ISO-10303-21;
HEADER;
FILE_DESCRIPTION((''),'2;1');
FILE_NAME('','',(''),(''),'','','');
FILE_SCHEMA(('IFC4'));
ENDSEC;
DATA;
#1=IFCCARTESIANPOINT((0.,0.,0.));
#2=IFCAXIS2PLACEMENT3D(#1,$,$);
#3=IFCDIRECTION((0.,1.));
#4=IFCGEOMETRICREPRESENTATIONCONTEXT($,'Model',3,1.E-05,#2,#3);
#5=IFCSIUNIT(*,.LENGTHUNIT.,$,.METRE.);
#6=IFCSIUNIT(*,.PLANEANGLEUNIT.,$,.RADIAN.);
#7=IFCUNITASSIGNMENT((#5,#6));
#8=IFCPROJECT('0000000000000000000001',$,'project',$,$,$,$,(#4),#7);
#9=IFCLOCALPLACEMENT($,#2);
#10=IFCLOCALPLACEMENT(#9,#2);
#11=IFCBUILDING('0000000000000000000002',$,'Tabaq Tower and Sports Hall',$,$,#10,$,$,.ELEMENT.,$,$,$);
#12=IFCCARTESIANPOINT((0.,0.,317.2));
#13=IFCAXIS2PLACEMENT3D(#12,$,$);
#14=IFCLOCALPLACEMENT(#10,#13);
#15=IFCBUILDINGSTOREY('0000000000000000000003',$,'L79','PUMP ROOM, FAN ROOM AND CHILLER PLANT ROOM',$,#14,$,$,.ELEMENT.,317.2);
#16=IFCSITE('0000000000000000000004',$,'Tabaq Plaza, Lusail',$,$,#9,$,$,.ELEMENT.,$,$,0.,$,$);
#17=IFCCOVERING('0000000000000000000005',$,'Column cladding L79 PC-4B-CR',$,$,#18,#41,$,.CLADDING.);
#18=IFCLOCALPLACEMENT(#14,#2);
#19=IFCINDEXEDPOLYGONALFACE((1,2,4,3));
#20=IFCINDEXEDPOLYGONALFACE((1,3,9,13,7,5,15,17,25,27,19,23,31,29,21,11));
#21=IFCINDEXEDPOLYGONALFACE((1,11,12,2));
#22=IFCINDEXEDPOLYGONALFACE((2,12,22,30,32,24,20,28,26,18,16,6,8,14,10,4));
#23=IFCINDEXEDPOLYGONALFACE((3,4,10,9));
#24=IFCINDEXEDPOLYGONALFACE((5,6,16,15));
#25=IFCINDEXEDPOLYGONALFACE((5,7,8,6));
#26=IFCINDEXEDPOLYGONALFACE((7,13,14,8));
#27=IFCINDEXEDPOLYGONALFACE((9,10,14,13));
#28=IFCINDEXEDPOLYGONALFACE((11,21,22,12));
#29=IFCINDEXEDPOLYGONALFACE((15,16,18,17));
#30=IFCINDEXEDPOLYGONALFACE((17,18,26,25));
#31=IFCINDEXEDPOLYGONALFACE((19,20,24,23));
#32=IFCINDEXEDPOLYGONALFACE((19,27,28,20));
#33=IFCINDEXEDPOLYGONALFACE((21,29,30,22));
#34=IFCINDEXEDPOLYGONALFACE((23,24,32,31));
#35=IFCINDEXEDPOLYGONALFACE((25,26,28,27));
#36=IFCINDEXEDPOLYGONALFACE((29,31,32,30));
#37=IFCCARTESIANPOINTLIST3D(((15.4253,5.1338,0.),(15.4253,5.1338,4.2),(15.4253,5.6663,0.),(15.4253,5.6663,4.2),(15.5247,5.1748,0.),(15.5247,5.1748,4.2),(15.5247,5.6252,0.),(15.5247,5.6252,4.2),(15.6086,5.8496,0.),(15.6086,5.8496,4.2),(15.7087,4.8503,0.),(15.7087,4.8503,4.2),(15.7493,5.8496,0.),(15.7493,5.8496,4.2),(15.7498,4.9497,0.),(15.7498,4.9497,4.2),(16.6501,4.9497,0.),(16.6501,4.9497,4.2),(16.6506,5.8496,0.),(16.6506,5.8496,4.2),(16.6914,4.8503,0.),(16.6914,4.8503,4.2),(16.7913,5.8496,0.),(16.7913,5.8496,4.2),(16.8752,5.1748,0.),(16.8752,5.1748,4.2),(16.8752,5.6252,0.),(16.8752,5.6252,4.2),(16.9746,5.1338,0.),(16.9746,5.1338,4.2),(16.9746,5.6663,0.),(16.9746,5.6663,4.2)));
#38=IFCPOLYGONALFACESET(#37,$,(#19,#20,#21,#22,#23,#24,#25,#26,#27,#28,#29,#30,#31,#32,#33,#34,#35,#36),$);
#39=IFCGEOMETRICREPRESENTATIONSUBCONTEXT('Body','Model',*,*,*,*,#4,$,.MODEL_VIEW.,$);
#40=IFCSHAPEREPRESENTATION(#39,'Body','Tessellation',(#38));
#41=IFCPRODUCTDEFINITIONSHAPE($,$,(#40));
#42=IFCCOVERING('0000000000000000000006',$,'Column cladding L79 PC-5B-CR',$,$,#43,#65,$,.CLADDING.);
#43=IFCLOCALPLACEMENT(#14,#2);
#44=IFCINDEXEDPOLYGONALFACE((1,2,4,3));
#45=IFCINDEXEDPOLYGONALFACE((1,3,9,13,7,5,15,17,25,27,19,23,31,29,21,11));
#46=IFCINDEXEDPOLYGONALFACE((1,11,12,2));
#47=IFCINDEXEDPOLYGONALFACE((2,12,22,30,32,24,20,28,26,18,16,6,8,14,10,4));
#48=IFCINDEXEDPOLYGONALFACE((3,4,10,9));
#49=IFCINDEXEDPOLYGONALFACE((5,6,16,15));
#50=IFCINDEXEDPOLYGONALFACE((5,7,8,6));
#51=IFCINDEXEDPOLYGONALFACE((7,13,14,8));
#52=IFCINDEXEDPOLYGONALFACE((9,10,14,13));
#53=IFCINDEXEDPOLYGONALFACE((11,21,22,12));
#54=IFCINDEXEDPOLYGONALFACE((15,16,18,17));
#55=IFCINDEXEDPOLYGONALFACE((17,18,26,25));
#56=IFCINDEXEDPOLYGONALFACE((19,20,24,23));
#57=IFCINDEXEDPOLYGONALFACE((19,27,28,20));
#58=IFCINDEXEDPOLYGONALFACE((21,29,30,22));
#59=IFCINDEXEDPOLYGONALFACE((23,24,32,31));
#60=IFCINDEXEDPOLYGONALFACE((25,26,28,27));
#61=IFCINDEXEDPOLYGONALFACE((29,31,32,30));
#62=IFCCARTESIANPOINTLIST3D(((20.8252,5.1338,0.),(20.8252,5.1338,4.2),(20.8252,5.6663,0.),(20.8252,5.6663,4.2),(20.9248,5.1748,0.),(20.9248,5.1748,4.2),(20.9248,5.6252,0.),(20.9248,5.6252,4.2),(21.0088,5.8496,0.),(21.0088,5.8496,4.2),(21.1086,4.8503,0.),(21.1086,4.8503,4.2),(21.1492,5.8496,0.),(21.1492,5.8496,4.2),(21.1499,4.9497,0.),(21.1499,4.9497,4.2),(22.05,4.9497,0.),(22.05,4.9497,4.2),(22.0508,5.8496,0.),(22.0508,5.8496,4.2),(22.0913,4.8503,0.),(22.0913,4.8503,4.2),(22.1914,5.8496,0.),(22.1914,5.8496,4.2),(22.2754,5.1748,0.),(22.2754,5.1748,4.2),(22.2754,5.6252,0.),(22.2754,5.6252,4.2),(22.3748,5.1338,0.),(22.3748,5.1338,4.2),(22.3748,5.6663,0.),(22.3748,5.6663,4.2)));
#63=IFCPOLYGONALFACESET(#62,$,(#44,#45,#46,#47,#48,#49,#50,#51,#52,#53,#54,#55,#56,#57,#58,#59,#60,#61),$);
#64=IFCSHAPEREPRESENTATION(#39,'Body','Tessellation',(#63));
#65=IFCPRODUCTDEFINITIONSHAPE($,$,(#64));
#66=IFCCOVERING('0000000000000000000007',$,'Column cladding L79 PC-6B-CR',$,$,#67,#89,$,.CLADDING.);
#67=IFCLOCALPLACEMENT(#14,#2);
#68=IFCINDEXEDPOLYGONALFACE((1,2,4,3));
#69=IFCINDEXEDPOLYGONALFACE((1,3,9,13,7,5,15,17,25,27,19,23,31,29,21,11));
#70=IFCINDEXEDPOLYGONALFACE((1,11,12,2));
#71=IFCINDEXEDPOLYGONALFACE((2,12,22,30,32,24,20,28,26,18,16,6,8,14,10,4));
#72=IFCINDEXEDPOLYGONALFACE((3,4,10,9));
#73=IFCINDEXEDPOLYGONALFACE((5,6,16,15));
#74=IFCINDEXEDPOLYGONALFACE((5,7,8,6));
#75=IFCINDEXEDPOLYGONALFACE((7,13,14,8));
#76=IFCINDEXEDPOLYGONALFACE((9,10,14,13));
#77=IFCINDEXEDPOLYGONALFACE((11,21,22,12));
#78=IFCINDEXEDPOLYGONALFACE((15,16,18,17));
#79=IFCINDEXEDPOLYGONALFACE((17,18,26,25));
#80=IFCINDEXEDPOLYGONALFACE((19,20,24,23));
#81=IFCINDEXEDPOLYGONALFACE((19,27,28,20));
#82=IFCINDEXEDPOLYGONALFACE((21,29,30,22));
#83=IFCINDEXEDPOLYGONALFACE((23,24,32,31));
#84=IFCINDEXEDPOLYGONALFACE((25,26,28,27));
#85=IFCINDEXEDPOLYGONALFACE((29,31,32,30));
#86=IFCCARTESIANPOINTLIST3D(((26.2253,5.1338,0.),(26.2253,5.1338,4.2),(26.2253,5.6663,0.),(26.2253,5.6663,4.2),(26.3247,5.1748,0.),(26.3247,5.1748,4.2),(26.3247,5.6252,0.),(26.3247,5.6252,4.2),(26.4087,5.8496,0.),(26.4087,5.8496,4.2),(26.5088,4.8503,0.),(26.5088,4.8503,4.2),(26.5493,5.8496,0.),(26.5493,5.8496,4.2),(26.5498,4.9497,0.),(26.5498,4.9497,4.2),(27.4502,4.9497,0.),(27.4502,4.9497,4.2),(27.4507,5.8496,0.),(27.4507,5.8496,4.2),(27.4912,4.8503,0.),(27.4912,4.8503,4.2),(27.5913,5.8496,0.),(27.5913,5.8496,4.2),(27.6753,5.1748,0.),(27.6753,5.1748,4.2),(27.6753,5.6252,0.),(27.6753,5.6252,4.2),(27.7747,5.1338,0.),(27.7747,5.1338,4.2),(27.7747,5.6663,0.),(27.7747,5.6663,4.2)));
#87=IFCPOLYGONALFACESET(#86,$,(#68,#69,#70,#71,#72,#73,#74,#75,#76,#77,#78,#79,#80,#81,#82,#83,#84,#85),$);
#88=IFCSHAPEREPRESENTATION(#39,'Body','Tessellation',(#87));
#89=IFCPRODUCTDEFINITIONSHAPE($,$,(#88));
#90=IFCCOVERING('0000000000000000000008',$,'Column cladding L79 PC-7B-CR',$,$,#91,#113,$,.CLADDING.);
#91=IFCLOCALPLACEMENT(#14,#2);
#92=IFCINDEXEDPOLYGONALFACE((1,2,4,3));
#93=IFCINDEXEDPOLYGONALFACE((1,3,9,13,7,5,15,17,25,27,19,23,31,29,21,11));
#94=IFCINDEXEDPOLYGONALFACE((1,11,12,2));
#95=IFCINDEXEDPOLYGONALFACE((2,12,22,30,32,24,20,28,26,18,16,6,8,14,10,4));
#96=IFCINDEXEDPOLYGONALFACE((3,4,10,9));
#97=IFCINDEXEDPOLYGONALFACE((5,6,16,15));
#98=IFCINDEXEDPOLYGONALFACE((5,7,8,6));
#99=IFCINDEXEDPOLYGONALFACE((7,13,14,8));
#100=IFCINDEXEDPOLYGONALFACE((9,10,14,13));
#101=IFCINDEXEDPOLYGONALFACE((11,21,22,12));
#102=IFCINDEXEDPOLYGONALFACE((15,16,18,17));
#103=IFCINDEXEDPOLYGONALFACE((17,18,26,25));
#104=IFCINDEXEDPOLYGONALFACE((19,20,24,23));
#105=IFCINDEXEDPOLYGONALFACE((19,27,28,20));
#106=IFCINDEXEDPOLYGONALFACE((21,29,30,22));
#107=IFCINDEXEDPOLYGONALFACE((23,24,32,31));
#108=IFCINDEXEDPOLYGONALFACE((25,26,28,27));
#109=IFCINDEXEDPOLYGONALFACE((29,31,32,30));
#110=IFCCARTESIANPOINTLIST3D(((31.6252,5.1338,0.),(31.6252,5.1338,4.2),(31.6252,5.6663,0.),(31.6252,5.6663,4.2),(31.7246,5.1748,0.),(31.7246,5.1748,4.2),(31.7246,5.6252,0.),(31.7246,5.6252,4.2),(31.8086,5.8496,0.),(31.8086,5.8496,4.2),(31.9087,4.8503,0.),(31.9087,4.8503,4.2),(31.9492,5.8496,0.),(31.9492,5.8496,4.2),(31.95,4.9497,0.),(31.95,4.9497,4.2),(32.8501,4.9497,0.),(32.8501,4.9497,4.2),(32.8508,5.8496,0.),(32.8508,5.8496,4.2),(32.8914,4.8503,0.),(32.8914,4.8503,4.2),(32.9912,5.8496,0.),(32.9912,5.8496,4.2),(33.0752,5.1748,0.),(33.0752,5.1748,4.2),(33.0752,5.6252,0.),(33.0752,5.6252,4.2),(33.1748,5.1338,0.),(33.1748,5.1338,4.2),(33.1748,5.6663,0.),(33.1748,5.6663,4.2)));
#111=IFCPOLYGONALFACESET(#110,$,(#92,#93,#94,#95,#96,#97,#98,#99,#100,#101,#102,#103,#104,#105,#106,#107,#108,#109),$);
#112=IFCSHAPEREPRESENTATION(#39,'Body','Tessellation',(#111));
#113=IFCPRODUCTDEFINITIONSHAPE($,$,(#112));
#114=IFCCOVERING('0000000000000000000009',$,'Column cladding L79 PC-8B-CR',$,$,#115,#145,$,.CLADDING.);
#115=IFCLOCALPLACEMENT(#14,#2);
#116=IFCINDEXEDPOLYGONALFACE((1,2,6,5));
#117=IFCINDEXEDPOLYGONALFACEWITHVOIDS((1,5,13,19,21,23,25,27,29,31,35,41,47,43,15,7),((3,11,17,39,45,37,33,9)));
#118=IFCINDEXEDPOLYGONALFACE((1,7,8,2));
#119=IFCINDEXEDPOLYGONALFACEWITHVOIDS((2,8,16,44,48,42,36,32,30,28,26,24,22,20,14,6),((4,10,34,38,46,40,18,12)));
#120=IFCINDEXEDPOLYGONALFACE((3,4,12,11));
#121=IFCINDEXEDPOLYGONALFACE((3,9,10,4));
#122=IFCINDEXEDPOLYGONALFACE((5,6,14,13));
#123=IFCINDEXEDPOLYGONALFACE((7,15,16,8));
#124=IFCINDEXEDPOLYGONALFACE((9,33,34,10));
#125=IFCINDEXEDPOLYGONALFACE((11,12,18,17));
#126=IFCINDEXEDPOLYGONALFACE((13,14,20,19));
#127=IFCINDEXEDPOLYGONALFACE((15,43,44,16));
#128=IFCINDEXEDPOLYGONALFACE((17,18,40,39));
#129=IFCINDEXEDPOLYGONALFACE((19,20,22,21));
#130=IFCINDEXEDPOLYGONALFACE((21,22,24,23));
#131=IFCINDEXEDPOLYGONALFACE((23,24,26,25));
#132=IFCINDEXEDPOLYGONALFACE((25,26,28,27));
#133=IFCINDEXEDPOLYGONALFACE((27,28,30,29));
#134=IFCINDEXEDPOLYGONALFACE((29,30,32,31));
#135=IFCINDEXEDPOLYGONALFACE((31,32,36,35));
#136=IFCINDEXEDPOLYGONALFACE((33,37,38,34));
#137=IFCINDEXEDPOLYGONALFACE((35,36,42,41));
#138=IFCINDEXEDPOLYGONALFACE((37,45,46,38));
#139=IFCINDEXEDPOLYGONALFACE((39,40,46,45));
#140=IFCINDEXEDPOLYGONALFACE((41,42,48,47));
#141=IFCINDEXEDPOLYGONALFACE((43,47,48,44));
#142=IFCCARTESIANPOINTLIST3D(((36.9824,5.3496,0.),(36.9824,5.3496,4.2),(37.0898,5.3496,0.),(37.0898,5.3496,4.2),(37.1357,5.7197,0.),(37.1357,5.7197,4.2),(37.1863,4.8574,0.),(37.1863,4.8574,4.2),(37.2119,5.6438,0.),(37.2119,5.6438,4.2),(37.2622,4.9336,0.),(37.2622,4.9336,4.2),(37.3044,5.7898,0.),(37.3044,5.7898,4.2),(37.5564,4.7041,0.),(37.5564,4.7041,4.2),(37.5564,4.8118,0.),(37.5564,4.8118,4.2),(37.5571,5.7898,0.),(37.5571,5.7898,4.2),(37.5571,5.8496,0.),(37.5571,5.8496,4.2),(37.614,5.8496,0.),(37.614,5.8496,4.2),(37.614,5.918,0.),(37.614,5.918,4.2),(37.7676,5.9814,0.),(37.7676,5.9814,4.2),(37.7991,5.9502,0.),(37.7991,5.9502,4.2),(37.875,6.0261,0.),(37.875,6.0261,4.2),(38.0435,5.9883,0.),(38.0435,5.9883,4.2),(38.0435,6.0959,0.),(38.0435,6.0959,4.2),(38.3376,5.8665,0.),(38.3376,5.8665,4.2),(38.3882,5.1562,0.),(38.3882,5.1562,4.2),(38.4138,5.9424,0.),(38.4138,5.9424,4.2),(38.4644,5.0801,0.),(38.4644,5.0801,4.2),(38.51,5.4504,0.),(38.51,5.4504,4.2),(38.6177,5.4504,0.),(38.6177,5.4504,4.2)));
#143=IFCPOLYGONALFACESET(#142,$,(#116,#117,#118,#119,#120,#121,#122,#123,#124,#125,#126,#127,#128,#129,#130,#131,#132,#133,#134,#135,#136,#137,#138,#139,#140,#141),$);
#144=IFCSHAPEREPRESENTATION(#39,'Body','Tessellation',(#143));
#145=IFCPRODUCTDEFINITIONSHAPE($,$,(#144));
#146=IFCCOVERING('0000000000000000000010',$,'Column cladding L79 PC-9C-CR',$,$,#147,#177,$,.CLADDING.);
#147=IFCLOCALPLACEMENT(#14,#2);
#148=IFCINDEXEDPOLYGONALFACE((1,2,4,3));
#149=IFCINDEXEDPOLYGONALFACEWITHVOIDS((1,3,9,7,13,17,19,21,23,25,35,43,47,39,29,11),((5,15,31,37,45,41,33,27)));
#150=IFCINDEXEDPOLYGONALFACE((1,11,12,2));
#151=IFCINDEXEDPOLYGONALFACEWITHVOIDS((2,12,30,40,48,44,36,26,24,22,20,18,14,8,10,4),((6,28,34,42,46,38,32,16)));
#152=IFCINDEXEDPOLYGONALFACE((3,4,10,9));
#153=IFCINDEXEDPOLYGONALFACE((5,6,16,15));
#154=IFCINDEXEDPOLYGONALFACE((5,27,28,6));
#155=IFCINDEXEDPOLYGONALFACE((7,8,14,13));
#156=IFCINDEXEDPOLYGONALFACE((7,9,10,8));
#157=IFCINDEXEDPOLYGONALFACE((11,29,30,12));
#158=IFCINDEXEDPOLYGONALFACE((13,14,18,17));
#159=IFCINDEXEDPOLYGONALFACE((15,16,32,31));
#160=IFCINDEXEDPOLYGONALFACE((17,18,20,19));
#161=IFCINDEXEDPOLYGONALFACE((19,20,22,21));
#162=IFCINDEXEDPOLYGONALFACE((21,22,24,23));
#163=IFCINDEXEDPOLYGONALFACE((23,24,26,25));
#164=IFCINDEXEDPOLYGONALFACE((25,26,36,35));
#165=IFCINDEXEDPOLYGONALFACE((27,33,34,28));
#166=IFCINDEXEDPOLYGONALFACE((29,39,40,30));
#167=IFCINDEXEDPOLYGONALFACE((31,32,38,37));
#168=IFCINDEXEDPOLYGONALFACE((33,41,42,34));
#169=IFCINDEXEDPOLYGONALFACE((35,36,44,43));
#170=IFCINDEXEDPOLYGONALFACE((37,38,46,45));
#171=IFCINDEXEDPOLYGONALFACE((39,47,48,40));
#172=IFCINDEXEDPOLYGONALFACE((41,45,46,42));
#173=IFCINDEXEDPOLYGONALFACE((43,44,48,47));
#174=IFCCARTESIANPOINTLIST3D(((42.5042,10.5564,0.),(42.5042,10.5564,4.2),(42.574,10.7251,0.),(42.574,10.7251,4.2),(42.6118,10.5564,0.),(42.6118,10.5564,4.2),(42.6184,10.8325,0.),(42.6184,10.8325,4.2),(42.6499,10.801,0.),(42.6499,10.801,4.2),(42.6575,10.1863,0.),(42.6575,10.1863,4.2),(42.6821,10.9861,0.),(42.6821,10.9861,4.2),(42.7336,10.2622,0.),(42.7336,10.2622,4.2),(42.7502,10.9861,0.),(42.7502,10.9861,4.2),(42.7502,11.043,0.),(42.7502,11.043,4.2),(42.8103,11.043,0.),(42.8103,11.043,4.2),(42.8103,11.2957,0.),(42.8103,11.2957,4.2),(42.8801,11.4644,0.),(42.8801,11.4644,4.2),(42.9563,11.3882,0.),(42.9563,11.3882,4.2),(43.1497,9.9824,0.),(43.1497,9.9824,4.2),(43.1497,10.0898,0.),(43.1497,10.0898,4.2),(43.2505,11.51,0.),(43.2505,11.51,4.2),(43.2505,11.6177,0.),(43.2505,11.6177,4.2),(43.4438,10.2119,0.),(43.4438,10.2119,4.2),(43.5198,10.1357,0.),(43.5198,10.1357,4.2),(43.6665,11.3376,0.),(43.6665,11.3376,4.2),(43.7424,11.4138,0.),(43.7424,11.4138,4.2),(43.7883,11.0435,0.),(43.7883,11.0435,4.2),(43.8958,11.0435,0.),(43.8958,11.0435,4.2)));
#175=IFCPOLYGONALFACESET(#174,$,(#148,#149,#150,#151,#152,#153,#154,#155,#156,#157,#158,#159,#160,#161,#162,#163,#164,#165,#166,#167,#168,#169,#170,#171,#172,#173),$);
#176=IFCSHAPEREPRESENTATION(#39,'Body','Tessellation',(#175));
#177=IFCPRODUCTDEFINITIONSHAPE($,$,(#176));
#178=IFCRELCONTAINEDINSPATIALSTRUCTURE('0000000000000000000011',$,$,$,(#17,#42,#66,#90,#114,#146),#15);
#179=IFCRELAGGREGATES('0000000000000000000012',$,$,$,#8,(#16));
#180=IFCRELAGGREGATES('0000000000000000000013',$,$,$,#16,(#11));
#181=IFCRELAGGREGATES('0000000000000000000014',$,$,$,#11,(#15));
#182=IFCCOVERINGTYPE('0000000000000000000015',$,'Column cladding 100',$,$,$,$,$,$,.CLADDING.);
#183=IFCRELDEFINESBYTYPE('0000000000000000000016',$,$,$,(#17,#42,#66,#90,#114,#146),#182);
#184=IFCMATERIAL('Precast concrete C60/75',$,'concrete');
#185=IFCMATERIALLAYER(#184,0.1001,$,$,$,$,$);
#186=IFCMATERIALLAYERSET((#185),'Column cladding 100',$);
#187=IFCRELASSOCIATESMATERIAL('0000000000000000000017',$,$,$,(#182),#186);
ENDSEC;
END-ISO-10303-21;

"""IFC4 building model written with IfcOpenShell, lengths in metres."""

from ifc_helpers import new_model, si_unit, direction, frame, origin, place, context, subcontext, project, spatial, polyline, outline, extrude, material, layer, layer_set, type_object, element, save


model = new_model("IFC4")

# Units and contexts
model_context = context("Model", 3, precision=1e-05, world=origin(), true_north=direction((0.0, 1.0)))
body_context = subcontext(model_context, "Body", "Model", "MODEL_VIEW")
ifc_project = project(units=[si_unit("LENGTHUNIT", "METRE"), si_unit("PLANEANGLEUNIT", "RADIAN")], contexts=[model_context])

# Site, building, storey
site_placement = place(None, origin())
site = spatial("IfcSite", under=ifc_project, at=site_placement, Name="Tabaq Plaza, Lusail", CompositionType="ELEMENT", RefElevation=0.0)
building_placement = place(site_placement, origin())
building = spatial("IfcBuilding", under=site, at=building_placement, Name="Tabaq Tower and Sports Hall", CompositionType="ELEMENT")
storey_placement = place(building_placement, frame((0.0, 0.0, 317.2)))
storey = spatial("IfcBuildingStorey", under=building, at=storey_placement, Name="L79", Description="PUMP ROOM, FAN ROOM AND CHILLER PLANT ROOM", CompositionType="ELEMENT", Elevation=317.2)

# Coverings
ifc_material_1 = material(Name="Precast concrete C60/75", Category="concrete")
ifc_layer_1 = layer(ifc_material_1, 0.1001)
ifc_layer_set_1 = layer_set([ifc_layer_1], Name="Column cladding 100")
covering_type_1 = type_object("IfcCoveringType", Name="Column cladding 100", PredefinedType="CLADDING", material=ifc_layer_set_1)
covering_1_placement = place(storey_placement, origin())
element("IfcCovering", 1, at=covering_1_placement, inside=storey, type_object=covering_type_1, Name="Column cladding L79 PC-4B-CR", PredefinedType="CLADDING", context=body_context, shape_type="SweptSolid", body=[
    extrude(outline(polyline([(15.4253, 5.6663), (15.6086, 5.8496), (15.7493, 5.8496), (15.5247, 5.6252), (15.5247, 5.1748), (15.7498, 4.9497), (16.6501, 4.9497), (16.8752, 5.1748), (16.8752, 5.6252), (16.6506, 5.8496), (16.7913, 5.8496), (16.9746, 5.6663), (16.9746, 5.1338), (16.6914, 4.8503), (15.7087, 4.8503), (15.4253, 5.1338), (15.4253, 5.6663)])), origin(), (0.0, 0.0, 1.0), 4.2),
])
covering_2_placement = place(storey_placement, origin())
element("IfcCovering", 2, at=covering_2_placement, inside=storey, type_object=covering_type_1, Name="Column cladding L79 PC-5B-CR", PredefinedType="CLADDING", context=body_context, shape_type="SweptSolid", body=[
    extrude(outline(polyline([(20.8252, 5.6663), (21.0088, 5.8496), (21.1492, 5.8496), (20.9248, 5.6252), (20.9248, 5.1748), (21.1499, 4.9497), (22.05, 4.9497), (22.2754, 5.1748), (22.2754, 5.6252), (22.0508, 5.8496), (22.1914, 5.8496), (22.3748, 5.6663), (22.3748, 5.1338), (22.0913, 4.8503), (21.1086, 4.8503), (20.8252, 5.1338), (20.8252, 5.6663)])), origin(), (0.0, 0.0, 1.0), 4.2),
])
covering_3_placement = place(storey_placement, origin())
element("IfcCovering", 3, at=covering_3_placement, inside=storey, type_object=covering_type_1, Name="Column cladding L79 PC-6B-CR", PredefinedType="CLADDING", context=body_context, shape_type="SweptSolid", body=[
    extrude(outline(polyline([(26.2253, 5.6663), (26.4087, 5.8496), (26.5493, 5.8496), (26.3247, 5.6252), (26.3247, 5.1748), (26.5498, 4.9497), (27.4502, 4.9497), (27.6753, 5.1748), (27.6753, 5.6252), (27.4507, 5.8496), (27.5913, 5.8496), (27.7747, 5.6663), (27.7747, 5.1338), (27.4912, 4.8503), (26.5088, 4.8503), (26.2253, 5.1338), (26.2253, 5.6663)])), origin(), (0.0, 0.0, 1.0), 4.2),
])
covering_4_placement = place(storey_placement, origin())
element("IfcCovering", 4, at=covering_4_placement, inside=storey, type_object=covering_type_1, Name="Column cladding L79 PC-7B-CR", PredefinedType="CLADDING", context=body_context, shape_type="SweptSolid", body=[
    extrude(outline(polyline([(31.6252, 5.6663), (31.8086, 5.8496), (31.9492, 5.8496), (31.7246, 5.6252), (31.7246, 5.1748), (31.95, 4.9497), (32.8501, 4.9497), (33.0752, 5.1748), (33.0752, 5.6252), (32.8508, 5.8496), (32.9912, 5.8496), (33.1748, 5.6663), (33.1748, 5.1338), (32.8914, 4.8503), (31.9087, 4.8503), (31.6252, 5.1338), (31.6252, 5.6663)])), origin(), (0.0, 0.0, 1.0), 4.2),
])
covering_5_placement = place(storey_placement, origin())
element("IfcCovering", 5, at=covering_5_placement, inside=storey, type_object=covering_type_1, Name="Column cladding L79 PC-8B-CR", PredefinedType="CLADDING", context=body_context, shape_type="SweptSolid", body=[
    extrude(outline(polyline([(36.9824, 5.3496), (37.1357, 5.7197), (37.3044, 5.7898), (37.5571, 5.7898), (37.5571, 5.8496), (37.614, 5.8496), (37.614, 5.918), (37.7676, 5.9814), (37.7991, 5.9502), (37.875, 6.0261), (38.0435, 6.0959), (38.4138, 5.9424), (38.6177, 5.4504), (38.4644, 5.0801), (37.5564, 4.7041), (37.1863, 4.8574), (36.9824, 5.3496)]), holes=[polyline([(38.51, 5.4504), (38.3376, 5.8665), (38.0435, 5.9883), (37.2119, 5.6438), (37.0898, 5.3496), (37.2622, 4.9336), (37.5564, 4.8118), (38.3882, 5.1562), (38.51, 5.4504)])]), origin(), (0.0, 0.0, 1.0), 4.2),
])
covering_6_placement = place(storey_placement, origin())
element("IfcCovering", 6, at=covering_6_placement, inside=storey, type_object=covering_type_1, Name="Column cladding L79 PC-9C-CR", PredefinedType="CLADDING", context=body_context, shape_type="SweptSolid", body=[
    extrude(outline(polyline([(42.6575, 10.1863), (42.5042, 10.5564), (42.574, 10.7251), (42.6499, 10.801), (42.6184, 10.8325), (42.6821, 10.9861), (42.7502, 10.9861), (42.7502, 11.043), (42.8103, 11.043), (42.8103, 11.2957), (42.8801, 11.4644), (43.2505, 11.6177), (43.7424, 11.4138), (43.8958, 11.0435), (43.5198, 10.1357), (43.1497, 9.9824), (42.6575, 10.1863)]), holes=[polyline([(43.6665, 11.3376), (43.2505, 11.51), (42.9563, 11.3882), (42.6118, 10.5564), (42.7336, 10.2622), (43.1497, 10.0898), (43.4438, 10.2119), (43.7883, 11.0435), (43.6665, 11.3376)])]), origin(), (0.0, 0.0, 1.0), 4.2),
])

save(model, "model.ifc")
